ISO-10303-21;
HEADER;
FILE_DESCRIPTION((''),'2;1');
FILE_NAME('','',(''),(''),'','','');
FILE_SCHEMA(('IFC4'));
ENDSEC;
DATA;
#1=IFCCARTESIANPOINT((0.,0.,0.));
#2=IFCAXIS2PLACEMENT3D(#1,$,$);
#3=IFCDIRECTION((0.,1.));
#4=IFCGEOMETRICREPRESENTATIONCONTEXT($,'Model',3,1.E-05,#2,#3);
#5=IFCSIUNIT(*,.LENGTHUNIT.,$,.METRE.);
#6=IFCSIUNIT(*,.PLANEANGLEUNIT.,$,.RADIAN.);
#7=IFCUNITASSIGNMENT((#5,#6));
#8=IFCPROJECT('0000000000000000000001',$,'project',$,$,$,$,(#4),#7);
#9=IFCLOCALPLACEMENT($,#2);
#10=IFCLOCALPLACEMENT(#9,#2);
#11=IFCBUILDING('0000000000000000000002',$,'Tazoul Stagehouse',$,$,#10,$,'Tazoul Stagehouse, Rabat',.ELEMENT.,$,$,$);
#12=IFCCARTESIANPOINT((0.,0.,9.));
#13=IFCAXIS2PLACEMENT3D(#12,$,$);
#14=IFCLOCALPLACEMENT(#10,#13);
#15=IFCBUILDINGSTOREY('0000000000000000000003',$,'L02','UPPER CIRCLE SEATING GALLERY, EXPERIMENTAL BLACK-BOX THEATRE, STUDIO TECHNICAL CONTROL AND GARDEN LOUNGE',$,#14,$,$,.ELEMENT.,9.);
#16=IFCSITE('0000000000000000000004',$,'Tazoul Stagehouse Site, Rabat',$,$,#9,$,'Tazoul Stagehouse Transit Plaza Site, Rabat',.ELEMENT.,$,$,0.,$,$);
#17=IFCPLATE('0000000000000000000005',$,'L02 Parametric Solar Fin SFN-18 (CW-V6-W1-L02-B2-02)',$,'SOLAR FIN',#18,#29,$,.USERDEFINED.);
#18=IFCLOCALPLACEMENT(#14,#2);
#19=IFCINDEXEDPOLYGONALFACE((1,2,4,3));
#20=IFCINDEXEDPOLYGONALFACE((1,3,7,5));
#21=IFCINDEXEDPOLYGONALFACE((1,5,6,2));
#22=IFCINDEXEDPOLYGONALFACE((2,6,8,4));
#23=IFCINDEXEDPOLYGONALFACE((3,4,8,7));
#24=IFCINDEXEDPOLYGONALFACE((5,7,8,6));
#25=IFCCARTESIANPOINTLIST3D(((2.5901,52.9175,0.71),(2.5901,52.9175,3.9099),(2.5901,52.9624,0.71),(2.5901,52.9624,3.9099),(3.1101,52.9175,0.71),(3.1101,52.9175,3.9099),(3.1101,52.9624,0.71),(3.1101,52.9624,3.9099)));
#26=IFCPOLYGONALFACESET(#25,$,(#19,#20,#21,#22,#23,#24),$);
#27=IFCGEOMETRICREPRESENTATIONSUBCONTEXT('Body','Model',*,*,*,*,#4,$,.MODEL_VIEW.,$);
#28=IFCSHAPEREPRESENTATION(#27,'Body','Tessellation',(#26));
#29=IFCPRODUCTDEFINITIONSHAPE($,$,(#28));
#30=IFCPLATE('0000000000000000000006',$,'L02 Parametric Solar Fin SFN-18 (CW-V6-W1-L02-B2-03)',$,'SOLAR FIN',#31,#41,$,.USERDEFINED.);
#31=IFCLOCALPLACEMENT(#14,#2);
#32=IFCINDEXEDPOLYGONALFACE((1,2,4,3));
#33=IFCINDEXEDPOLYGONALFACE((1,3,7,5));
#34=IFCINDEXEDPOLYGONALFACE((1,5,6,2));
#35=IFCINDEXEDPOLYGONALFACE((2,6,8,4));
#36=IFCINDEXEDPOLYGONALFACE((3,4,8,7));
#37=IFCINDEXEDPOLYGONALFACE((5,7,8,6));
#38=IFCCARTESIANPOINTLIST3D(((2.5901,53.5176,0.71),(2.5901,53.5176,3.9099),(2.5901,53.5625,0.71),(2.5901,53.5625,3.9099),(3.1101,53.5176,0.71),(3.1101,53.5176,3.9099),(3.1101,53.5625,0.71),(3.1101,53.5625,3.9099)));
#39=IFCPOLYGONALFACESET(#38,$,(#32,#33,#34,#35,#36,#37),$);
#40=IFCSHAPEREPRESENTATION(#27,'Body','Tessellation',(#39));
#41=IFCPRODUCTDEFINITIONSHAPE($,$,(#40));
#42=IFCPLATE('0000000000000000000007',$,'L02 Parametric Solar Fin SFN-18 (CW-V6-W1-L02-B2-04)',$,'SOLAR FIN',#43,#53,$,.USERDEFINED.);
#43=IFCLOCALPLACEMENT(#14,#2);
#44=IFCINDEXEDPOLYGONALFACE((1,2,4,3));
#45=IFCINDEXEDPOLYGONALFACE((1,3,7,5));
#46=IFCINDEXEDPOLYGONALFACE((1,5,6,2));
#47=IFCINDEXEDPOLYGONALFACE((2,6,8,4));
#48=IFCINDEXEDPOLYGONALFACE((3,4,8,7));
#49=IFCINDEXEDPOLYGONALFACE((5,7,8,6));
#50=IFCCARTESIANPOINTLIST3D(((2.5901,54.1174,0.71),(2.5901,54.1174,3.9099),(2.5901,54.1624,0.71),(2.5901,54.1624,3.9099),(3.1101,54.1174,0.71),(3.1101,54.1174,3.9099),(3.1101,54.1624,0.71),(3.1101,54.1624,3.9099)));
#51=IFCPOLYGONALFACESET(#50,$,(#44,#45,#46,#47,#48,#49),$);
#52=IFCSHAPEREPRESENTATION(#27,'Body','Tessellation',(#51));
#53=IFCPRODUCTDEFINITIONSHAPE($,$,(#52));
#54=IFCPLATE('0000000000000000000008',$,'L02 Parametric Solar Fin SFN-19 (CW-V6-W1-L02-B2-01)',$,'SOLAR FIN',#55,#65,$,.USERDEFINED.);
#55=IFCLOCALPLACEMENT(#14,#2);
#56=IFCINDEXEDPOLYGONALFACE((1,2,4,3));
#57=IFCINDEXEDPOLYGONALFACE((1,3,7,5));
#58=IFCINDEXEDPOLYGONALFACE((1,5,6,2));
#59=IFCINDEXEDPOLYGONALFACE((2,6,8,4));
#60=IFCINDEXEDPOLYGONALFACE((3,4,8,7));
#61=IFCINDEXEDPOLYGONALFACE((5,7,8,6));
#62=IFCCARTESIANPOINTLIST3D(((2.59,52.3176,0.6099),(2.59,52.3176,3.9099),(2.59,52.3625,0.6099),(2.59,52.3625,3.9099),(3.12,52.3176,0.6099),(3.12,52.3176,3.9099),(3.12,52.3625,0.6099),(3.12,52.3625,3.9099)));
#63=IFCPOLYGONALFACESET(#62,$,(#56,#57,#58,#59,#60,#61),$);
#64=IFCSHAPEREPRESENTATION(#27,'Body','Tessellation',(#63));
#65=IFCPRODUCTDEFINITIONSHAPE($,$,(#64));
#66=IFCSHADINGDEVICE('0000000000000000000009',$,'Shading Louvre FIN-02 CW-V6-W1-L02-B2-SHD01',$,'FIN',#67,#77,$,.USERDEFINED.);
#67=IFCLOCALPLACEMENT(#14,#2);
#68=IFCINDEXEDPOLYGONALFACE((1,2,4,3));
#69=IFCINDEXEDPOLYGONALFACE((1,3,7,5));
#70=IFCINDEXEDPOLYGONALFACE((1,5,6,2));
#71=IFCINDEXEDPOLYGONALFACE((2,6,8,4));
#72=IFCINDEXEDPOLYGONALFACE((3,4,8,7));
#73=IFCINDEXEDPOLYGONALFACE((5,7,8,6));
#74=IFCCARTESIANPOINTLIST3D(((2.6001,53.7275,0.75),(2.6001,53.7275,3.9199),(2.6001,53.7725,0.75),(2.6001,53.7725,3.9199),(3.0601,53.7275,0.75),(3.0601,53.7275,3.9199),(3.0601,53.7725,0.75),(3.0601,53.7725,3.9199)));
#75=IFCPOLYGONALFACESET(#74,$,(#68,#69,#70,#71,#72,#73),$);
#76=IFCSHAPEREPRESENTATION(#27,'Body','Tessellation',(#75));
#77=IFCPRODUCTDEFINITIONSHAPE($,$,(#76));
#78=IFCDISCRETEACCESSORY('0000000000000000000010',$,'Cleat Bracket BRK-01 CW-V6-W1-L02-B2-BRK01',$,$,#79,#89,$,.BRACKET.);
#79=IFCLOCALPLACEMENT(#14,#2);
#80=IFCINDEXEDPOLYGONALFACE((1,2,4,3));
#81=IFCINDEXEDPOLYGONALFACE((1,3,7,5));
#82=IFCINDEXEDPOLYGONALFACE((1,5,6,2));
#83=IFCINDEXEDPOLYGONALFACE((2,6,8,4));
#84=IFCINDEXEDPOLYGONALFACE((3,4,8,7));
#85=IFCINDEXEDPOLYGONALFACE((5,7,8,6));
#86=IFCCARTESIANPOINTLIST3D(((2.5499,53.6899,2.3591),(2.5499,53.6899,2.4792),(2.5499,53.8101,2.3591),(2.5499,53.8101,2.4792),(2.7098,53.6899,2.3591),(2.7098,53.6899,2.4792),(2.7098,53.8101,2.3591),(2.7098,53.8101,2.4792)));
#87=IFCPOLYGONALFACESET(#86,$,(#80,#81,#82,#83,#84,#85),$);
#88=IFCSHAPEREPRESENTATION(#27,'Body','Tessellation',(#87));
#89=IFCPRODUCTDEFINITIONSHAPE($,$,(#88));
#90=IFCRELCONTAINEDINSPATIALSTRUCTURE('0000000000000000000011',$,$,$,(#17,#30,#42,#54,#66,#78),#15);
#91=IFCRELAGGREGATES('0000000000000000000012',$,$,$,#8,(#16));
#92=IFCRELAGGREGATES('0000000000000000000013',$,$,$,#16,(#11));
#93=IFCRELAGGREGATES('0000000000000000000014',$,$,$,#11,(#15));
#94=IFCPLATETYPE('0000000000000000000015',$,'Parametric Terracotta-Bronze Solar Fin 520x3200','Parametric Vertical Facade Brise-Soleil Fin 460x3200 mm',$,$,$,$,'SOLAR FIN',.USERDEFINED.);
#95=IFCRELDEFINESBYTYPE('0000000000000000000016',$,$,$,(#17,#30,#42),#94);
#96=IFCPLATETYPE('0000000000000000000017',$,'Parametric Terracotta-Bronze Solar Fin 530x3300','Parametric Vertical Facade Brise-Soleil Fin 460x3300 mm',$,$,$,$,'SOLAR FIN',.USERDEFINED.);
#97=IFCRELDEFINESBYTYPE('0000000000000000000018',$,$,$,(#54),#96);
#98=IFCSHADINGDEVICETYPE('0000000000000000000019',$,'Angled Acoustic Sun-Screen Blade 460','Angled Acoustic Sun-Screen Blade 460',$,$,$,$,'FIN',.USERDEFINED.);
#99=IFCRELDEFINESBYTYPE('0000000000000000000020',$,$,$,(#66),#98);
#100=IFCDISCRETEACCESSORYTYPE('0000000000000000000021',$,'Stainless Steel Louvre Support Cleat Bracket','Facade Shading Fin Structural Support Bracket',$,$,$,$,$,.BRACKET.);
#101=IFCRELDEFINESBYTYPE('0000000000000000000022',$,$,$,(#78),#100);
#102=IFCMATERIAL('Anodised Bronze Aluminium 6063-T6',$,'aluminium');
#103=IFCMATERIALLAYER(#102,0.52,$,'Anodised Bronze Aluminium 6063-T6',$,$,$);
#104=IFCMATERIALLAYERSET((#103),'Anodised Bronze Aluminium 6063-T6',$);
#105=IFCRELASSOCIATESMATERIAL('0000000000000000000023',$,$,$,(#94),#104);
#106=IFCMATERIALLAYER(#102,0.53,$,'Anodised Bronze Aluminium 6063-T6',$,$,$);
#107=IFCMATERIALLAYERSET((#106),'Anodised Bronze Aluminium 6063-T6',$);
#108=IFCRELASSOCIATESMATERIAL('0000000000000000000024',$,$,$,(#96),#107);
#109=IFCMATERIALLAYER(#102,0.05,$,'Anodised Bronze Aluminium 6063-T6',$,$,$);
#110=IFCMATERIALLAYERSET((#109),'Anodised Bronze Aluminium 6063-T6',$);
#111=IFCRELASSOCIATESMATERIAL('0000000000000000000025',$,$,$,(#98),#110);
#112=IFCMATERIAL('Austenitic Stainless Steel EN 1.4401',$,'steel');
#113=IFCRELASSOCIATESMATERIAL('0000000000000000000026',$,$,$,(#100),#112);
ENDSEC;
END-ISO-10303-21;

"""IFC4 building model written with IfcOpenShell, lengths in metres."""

from ifc_helpers import new_model, si_unit, direction, frame, origin, origin_2d, place, context, subcontext, project, spatial, rectangle, extrude, material, layer, layer_set, type_object, element, save


model = new_model("IFC4")

# Units and contexts
model_context = context("Model", 3, precision=1e-05, world=origin(), true_north=direction((0.0, 1.0)))
body_context = subcontext(model_context, "Body", "Model", "MODEL_VIEW")
ifc_project = project(units=[si_unit("LENGTHUNIT", "METRE"), si_unit("PLANEANGLEUNIT", "RADIAN")], contexts=[model_context])

# Site, building, storey
site_placement = place(None, origin())
site = spatial("IfcSite", under=ifc_project, at=site_placement, Name="Tazoul Stagehouse Site, Rabat", LongName="Tazoul Stagehouse Transit Plaza Site, Rabat", CompositionType="ELEMENT", RefElevation=0.0)
building_placement = place(site_placement, origin())
building = spatial("IfcBuilding", under=site, at=building_placement, Name="Tazoul Stagehouse", LongName="Tazoul Stagehouse, Rabat", CompositionType="ELEMENT")
storey_placement = place(building_placement, frame((0.0, 0.0, 9.0)))
storey = spatial("IfcBuildingStorey", under=building, at=storey_placement, Name="L02", Description="UPPER CIRCLE SEATING GALLERY, EXPERIMENTAL BLACK-BOX THEATRE, STUDIO TECHNICAL CONTROL AND GARDEN LOUNGE", CompositionType="ELEMENT", Elevation=9.0)

# Plates
ifc_material_1 = material(Name="Anodised Bronze Aluminium 6063-T6", Category="aluminium")
ifc_layer_1 = layer(ifc_material_1, 0.52, Name="Anodised Bronze Aluminium 6063-T6")
ifc_layer_set_1 = layer_set([ifc_layer_1], Name="Anodised Bronze Aluminium 6063-T6")
plate_type_1 = type_object("IfcPlateType", Name="Parametric Terracotta-Bronze Solar Fin 520x3200", Description="Parametric Vertical Facade Brise-Soleil Fin 460x3200 mm", ElementType="SOLAR FIN", PredefinedType="USERDEFINED", material=ifc_layer_set_1)
for number, where, z_axis, x_axis, name in (
    (1, (2.8501, 52.9399, 0.71), (0.0, 0.0, 1.0), (0.0, 1.0, 0.0), "L02 Parametric Solar Fin SFN-18 (CW-V6-W1-L02-B2-02)"),
    (2, (2.8501, 53.54, 0.71), (0.0, 0.0, 1.0), (0.0, 1.0, 0.0), "L02 Parametric Solar Fin SFN-18 (CW-V6-W1-L02-B2-03)"),
    (3, (2.8501, 54.1399, 0.71), (0.0, 0.0, 1.0), (0.0, 1.0, 0.0), "L02 Parametric Solar Fin SFN-18 (CW-V6-W1-L02-B2-04)"),
):
    element("IfcPlate", number, at=place(storey_placement, frame(where, z_axis=z_axis, x_axis=x_axis)), inside=storey, type_object=plate_type_1, Name=name, ObjectType="SOLAR FIN", PredefinedType="USERDEFINED", context=body_context, shape_type="SweptSolid", body=[
        extrude(rectangle(XDim=0.0449, YDim=0.52, at=origin_2d()), origin(), (0.0, 0.0, 1.0), 3.2),
    ])
ifc_layer_2 = layer(ifc_material_1, 0.53, Name="Anodised Bronze Aluminium 6063-T6")
ifc_layer_set_2 = layer_set([ifc_layer_2], Name="Anodised Bronze Aluminium 6063-T6")
plate_type_2 = type_object("IfcPlateType", Name="Parametric Terracotta-Bronze Solar Fin 530x3300", Description="Parametric Vertical Facade Brise-Soleil Fin 460x3300 mm", ElementType="SOLAR FIN", PredefinedType="USERDEFINED", material=ifc_layer_set_2)
plate_placement = place(storey_placement, frame((2.855, 52.3401, 0.6099), z_axis=(0.0, 0.0, 1.0), x_axis=(0.0, 1.0, 0.0)))
element("IfcPlate", 4, at=plate_placement, inside=storey, type_object=plate_type_2, Name="L02 Parametric Solar Fin SFN-19 (CW-V6-W1-L02-B2-01)", ObjectType="SOLAR FIN", PredefinedType="USERDEFINED", context=body_context, shape_type="SweptSolid", body=[
    extrude(rectangle(XDim=0.0449, YDim=0.53, at=origin_2d()), origin(), (0.0, 0.0, 1.0), 3.3),
])

# Shading device
ifc_layer_3 = layer(ifc_material_1, 0.05, Name="Anodised Bronze Aluminium 6063-T6")
ifc_layer_set_3 = layer_set([ifc_layer_3], Name="Anodised Bronze Aluminium 6063-T6")
shading_device_type = type_object("IfcShadingDeviceType", Name="Angled Acoustic Sun-Screen Blade 460", Description="Angled Acoustic Sun-Screen Blade 460", ElementType="FIN", PredefinedType="USERDEFINED", material=ifc_layer_set_3)
shading_device_placement = place(storey_placement, frame((2.8301, 53.75, 0.75), z_axis=(0.0, 0.0, 1.0), x_axis=(0.0, 1.0, 0.0)))
element("IfcShadingDevice", 5, at=shading_device_placement, inside=storey, type_object=shading_device_type, Name="Shading Louvre FIN-02 CW-V6-W1-L02-B2-SHD01", ObjectType="FIN", PredefinedType="USERDEFINED", context=body_context, shape_type="SweptSolid", body=[
    extrude(rectangle(XDim=0.0449, YDim=0.46, at=origin_2d()), origin(), (0.0, 0.0, 1.0), 3.1699),
])

# Discrete accessory
ifc_material_2 = material(Name="Austenitic Stainless Steel EN 1.4401", Category="steel")
discrete_accessory_type = type_object("IfcDiscreteAccessoryType", Name="Stainless Steel Louvre Support Cleat Bracket", Description="Facade Shading Fin Structural Support Bracket", PredefinedType="BRACKET", material=ifc_material_2)
discrete_accessory_placement = place(storey_placement, frame((2.6299, 53.75, 2.3591), z_axis=(0.0, 0.0, 1.0), x_axis=(0.0, 1.0, 0.0)))
element("IfcDiscreteAccessory", 6, at=discrete_accessory_placement, inside=storey, type_object=discrete_accessory_type, Name="Cleat Bracket BRK-01 CW-V6-W1-L02-B2-BRK01", PredefinedType="BRACKET", context=body_context, shape_type="SweptSolid", body=[
    extrude(rectangle(XDim=0.1201, YDim=0.1599, at=origin_2d()), origin(), (0.0, 0.0, 1.0), 0.1201),
])

save(model, "model.ifc")
